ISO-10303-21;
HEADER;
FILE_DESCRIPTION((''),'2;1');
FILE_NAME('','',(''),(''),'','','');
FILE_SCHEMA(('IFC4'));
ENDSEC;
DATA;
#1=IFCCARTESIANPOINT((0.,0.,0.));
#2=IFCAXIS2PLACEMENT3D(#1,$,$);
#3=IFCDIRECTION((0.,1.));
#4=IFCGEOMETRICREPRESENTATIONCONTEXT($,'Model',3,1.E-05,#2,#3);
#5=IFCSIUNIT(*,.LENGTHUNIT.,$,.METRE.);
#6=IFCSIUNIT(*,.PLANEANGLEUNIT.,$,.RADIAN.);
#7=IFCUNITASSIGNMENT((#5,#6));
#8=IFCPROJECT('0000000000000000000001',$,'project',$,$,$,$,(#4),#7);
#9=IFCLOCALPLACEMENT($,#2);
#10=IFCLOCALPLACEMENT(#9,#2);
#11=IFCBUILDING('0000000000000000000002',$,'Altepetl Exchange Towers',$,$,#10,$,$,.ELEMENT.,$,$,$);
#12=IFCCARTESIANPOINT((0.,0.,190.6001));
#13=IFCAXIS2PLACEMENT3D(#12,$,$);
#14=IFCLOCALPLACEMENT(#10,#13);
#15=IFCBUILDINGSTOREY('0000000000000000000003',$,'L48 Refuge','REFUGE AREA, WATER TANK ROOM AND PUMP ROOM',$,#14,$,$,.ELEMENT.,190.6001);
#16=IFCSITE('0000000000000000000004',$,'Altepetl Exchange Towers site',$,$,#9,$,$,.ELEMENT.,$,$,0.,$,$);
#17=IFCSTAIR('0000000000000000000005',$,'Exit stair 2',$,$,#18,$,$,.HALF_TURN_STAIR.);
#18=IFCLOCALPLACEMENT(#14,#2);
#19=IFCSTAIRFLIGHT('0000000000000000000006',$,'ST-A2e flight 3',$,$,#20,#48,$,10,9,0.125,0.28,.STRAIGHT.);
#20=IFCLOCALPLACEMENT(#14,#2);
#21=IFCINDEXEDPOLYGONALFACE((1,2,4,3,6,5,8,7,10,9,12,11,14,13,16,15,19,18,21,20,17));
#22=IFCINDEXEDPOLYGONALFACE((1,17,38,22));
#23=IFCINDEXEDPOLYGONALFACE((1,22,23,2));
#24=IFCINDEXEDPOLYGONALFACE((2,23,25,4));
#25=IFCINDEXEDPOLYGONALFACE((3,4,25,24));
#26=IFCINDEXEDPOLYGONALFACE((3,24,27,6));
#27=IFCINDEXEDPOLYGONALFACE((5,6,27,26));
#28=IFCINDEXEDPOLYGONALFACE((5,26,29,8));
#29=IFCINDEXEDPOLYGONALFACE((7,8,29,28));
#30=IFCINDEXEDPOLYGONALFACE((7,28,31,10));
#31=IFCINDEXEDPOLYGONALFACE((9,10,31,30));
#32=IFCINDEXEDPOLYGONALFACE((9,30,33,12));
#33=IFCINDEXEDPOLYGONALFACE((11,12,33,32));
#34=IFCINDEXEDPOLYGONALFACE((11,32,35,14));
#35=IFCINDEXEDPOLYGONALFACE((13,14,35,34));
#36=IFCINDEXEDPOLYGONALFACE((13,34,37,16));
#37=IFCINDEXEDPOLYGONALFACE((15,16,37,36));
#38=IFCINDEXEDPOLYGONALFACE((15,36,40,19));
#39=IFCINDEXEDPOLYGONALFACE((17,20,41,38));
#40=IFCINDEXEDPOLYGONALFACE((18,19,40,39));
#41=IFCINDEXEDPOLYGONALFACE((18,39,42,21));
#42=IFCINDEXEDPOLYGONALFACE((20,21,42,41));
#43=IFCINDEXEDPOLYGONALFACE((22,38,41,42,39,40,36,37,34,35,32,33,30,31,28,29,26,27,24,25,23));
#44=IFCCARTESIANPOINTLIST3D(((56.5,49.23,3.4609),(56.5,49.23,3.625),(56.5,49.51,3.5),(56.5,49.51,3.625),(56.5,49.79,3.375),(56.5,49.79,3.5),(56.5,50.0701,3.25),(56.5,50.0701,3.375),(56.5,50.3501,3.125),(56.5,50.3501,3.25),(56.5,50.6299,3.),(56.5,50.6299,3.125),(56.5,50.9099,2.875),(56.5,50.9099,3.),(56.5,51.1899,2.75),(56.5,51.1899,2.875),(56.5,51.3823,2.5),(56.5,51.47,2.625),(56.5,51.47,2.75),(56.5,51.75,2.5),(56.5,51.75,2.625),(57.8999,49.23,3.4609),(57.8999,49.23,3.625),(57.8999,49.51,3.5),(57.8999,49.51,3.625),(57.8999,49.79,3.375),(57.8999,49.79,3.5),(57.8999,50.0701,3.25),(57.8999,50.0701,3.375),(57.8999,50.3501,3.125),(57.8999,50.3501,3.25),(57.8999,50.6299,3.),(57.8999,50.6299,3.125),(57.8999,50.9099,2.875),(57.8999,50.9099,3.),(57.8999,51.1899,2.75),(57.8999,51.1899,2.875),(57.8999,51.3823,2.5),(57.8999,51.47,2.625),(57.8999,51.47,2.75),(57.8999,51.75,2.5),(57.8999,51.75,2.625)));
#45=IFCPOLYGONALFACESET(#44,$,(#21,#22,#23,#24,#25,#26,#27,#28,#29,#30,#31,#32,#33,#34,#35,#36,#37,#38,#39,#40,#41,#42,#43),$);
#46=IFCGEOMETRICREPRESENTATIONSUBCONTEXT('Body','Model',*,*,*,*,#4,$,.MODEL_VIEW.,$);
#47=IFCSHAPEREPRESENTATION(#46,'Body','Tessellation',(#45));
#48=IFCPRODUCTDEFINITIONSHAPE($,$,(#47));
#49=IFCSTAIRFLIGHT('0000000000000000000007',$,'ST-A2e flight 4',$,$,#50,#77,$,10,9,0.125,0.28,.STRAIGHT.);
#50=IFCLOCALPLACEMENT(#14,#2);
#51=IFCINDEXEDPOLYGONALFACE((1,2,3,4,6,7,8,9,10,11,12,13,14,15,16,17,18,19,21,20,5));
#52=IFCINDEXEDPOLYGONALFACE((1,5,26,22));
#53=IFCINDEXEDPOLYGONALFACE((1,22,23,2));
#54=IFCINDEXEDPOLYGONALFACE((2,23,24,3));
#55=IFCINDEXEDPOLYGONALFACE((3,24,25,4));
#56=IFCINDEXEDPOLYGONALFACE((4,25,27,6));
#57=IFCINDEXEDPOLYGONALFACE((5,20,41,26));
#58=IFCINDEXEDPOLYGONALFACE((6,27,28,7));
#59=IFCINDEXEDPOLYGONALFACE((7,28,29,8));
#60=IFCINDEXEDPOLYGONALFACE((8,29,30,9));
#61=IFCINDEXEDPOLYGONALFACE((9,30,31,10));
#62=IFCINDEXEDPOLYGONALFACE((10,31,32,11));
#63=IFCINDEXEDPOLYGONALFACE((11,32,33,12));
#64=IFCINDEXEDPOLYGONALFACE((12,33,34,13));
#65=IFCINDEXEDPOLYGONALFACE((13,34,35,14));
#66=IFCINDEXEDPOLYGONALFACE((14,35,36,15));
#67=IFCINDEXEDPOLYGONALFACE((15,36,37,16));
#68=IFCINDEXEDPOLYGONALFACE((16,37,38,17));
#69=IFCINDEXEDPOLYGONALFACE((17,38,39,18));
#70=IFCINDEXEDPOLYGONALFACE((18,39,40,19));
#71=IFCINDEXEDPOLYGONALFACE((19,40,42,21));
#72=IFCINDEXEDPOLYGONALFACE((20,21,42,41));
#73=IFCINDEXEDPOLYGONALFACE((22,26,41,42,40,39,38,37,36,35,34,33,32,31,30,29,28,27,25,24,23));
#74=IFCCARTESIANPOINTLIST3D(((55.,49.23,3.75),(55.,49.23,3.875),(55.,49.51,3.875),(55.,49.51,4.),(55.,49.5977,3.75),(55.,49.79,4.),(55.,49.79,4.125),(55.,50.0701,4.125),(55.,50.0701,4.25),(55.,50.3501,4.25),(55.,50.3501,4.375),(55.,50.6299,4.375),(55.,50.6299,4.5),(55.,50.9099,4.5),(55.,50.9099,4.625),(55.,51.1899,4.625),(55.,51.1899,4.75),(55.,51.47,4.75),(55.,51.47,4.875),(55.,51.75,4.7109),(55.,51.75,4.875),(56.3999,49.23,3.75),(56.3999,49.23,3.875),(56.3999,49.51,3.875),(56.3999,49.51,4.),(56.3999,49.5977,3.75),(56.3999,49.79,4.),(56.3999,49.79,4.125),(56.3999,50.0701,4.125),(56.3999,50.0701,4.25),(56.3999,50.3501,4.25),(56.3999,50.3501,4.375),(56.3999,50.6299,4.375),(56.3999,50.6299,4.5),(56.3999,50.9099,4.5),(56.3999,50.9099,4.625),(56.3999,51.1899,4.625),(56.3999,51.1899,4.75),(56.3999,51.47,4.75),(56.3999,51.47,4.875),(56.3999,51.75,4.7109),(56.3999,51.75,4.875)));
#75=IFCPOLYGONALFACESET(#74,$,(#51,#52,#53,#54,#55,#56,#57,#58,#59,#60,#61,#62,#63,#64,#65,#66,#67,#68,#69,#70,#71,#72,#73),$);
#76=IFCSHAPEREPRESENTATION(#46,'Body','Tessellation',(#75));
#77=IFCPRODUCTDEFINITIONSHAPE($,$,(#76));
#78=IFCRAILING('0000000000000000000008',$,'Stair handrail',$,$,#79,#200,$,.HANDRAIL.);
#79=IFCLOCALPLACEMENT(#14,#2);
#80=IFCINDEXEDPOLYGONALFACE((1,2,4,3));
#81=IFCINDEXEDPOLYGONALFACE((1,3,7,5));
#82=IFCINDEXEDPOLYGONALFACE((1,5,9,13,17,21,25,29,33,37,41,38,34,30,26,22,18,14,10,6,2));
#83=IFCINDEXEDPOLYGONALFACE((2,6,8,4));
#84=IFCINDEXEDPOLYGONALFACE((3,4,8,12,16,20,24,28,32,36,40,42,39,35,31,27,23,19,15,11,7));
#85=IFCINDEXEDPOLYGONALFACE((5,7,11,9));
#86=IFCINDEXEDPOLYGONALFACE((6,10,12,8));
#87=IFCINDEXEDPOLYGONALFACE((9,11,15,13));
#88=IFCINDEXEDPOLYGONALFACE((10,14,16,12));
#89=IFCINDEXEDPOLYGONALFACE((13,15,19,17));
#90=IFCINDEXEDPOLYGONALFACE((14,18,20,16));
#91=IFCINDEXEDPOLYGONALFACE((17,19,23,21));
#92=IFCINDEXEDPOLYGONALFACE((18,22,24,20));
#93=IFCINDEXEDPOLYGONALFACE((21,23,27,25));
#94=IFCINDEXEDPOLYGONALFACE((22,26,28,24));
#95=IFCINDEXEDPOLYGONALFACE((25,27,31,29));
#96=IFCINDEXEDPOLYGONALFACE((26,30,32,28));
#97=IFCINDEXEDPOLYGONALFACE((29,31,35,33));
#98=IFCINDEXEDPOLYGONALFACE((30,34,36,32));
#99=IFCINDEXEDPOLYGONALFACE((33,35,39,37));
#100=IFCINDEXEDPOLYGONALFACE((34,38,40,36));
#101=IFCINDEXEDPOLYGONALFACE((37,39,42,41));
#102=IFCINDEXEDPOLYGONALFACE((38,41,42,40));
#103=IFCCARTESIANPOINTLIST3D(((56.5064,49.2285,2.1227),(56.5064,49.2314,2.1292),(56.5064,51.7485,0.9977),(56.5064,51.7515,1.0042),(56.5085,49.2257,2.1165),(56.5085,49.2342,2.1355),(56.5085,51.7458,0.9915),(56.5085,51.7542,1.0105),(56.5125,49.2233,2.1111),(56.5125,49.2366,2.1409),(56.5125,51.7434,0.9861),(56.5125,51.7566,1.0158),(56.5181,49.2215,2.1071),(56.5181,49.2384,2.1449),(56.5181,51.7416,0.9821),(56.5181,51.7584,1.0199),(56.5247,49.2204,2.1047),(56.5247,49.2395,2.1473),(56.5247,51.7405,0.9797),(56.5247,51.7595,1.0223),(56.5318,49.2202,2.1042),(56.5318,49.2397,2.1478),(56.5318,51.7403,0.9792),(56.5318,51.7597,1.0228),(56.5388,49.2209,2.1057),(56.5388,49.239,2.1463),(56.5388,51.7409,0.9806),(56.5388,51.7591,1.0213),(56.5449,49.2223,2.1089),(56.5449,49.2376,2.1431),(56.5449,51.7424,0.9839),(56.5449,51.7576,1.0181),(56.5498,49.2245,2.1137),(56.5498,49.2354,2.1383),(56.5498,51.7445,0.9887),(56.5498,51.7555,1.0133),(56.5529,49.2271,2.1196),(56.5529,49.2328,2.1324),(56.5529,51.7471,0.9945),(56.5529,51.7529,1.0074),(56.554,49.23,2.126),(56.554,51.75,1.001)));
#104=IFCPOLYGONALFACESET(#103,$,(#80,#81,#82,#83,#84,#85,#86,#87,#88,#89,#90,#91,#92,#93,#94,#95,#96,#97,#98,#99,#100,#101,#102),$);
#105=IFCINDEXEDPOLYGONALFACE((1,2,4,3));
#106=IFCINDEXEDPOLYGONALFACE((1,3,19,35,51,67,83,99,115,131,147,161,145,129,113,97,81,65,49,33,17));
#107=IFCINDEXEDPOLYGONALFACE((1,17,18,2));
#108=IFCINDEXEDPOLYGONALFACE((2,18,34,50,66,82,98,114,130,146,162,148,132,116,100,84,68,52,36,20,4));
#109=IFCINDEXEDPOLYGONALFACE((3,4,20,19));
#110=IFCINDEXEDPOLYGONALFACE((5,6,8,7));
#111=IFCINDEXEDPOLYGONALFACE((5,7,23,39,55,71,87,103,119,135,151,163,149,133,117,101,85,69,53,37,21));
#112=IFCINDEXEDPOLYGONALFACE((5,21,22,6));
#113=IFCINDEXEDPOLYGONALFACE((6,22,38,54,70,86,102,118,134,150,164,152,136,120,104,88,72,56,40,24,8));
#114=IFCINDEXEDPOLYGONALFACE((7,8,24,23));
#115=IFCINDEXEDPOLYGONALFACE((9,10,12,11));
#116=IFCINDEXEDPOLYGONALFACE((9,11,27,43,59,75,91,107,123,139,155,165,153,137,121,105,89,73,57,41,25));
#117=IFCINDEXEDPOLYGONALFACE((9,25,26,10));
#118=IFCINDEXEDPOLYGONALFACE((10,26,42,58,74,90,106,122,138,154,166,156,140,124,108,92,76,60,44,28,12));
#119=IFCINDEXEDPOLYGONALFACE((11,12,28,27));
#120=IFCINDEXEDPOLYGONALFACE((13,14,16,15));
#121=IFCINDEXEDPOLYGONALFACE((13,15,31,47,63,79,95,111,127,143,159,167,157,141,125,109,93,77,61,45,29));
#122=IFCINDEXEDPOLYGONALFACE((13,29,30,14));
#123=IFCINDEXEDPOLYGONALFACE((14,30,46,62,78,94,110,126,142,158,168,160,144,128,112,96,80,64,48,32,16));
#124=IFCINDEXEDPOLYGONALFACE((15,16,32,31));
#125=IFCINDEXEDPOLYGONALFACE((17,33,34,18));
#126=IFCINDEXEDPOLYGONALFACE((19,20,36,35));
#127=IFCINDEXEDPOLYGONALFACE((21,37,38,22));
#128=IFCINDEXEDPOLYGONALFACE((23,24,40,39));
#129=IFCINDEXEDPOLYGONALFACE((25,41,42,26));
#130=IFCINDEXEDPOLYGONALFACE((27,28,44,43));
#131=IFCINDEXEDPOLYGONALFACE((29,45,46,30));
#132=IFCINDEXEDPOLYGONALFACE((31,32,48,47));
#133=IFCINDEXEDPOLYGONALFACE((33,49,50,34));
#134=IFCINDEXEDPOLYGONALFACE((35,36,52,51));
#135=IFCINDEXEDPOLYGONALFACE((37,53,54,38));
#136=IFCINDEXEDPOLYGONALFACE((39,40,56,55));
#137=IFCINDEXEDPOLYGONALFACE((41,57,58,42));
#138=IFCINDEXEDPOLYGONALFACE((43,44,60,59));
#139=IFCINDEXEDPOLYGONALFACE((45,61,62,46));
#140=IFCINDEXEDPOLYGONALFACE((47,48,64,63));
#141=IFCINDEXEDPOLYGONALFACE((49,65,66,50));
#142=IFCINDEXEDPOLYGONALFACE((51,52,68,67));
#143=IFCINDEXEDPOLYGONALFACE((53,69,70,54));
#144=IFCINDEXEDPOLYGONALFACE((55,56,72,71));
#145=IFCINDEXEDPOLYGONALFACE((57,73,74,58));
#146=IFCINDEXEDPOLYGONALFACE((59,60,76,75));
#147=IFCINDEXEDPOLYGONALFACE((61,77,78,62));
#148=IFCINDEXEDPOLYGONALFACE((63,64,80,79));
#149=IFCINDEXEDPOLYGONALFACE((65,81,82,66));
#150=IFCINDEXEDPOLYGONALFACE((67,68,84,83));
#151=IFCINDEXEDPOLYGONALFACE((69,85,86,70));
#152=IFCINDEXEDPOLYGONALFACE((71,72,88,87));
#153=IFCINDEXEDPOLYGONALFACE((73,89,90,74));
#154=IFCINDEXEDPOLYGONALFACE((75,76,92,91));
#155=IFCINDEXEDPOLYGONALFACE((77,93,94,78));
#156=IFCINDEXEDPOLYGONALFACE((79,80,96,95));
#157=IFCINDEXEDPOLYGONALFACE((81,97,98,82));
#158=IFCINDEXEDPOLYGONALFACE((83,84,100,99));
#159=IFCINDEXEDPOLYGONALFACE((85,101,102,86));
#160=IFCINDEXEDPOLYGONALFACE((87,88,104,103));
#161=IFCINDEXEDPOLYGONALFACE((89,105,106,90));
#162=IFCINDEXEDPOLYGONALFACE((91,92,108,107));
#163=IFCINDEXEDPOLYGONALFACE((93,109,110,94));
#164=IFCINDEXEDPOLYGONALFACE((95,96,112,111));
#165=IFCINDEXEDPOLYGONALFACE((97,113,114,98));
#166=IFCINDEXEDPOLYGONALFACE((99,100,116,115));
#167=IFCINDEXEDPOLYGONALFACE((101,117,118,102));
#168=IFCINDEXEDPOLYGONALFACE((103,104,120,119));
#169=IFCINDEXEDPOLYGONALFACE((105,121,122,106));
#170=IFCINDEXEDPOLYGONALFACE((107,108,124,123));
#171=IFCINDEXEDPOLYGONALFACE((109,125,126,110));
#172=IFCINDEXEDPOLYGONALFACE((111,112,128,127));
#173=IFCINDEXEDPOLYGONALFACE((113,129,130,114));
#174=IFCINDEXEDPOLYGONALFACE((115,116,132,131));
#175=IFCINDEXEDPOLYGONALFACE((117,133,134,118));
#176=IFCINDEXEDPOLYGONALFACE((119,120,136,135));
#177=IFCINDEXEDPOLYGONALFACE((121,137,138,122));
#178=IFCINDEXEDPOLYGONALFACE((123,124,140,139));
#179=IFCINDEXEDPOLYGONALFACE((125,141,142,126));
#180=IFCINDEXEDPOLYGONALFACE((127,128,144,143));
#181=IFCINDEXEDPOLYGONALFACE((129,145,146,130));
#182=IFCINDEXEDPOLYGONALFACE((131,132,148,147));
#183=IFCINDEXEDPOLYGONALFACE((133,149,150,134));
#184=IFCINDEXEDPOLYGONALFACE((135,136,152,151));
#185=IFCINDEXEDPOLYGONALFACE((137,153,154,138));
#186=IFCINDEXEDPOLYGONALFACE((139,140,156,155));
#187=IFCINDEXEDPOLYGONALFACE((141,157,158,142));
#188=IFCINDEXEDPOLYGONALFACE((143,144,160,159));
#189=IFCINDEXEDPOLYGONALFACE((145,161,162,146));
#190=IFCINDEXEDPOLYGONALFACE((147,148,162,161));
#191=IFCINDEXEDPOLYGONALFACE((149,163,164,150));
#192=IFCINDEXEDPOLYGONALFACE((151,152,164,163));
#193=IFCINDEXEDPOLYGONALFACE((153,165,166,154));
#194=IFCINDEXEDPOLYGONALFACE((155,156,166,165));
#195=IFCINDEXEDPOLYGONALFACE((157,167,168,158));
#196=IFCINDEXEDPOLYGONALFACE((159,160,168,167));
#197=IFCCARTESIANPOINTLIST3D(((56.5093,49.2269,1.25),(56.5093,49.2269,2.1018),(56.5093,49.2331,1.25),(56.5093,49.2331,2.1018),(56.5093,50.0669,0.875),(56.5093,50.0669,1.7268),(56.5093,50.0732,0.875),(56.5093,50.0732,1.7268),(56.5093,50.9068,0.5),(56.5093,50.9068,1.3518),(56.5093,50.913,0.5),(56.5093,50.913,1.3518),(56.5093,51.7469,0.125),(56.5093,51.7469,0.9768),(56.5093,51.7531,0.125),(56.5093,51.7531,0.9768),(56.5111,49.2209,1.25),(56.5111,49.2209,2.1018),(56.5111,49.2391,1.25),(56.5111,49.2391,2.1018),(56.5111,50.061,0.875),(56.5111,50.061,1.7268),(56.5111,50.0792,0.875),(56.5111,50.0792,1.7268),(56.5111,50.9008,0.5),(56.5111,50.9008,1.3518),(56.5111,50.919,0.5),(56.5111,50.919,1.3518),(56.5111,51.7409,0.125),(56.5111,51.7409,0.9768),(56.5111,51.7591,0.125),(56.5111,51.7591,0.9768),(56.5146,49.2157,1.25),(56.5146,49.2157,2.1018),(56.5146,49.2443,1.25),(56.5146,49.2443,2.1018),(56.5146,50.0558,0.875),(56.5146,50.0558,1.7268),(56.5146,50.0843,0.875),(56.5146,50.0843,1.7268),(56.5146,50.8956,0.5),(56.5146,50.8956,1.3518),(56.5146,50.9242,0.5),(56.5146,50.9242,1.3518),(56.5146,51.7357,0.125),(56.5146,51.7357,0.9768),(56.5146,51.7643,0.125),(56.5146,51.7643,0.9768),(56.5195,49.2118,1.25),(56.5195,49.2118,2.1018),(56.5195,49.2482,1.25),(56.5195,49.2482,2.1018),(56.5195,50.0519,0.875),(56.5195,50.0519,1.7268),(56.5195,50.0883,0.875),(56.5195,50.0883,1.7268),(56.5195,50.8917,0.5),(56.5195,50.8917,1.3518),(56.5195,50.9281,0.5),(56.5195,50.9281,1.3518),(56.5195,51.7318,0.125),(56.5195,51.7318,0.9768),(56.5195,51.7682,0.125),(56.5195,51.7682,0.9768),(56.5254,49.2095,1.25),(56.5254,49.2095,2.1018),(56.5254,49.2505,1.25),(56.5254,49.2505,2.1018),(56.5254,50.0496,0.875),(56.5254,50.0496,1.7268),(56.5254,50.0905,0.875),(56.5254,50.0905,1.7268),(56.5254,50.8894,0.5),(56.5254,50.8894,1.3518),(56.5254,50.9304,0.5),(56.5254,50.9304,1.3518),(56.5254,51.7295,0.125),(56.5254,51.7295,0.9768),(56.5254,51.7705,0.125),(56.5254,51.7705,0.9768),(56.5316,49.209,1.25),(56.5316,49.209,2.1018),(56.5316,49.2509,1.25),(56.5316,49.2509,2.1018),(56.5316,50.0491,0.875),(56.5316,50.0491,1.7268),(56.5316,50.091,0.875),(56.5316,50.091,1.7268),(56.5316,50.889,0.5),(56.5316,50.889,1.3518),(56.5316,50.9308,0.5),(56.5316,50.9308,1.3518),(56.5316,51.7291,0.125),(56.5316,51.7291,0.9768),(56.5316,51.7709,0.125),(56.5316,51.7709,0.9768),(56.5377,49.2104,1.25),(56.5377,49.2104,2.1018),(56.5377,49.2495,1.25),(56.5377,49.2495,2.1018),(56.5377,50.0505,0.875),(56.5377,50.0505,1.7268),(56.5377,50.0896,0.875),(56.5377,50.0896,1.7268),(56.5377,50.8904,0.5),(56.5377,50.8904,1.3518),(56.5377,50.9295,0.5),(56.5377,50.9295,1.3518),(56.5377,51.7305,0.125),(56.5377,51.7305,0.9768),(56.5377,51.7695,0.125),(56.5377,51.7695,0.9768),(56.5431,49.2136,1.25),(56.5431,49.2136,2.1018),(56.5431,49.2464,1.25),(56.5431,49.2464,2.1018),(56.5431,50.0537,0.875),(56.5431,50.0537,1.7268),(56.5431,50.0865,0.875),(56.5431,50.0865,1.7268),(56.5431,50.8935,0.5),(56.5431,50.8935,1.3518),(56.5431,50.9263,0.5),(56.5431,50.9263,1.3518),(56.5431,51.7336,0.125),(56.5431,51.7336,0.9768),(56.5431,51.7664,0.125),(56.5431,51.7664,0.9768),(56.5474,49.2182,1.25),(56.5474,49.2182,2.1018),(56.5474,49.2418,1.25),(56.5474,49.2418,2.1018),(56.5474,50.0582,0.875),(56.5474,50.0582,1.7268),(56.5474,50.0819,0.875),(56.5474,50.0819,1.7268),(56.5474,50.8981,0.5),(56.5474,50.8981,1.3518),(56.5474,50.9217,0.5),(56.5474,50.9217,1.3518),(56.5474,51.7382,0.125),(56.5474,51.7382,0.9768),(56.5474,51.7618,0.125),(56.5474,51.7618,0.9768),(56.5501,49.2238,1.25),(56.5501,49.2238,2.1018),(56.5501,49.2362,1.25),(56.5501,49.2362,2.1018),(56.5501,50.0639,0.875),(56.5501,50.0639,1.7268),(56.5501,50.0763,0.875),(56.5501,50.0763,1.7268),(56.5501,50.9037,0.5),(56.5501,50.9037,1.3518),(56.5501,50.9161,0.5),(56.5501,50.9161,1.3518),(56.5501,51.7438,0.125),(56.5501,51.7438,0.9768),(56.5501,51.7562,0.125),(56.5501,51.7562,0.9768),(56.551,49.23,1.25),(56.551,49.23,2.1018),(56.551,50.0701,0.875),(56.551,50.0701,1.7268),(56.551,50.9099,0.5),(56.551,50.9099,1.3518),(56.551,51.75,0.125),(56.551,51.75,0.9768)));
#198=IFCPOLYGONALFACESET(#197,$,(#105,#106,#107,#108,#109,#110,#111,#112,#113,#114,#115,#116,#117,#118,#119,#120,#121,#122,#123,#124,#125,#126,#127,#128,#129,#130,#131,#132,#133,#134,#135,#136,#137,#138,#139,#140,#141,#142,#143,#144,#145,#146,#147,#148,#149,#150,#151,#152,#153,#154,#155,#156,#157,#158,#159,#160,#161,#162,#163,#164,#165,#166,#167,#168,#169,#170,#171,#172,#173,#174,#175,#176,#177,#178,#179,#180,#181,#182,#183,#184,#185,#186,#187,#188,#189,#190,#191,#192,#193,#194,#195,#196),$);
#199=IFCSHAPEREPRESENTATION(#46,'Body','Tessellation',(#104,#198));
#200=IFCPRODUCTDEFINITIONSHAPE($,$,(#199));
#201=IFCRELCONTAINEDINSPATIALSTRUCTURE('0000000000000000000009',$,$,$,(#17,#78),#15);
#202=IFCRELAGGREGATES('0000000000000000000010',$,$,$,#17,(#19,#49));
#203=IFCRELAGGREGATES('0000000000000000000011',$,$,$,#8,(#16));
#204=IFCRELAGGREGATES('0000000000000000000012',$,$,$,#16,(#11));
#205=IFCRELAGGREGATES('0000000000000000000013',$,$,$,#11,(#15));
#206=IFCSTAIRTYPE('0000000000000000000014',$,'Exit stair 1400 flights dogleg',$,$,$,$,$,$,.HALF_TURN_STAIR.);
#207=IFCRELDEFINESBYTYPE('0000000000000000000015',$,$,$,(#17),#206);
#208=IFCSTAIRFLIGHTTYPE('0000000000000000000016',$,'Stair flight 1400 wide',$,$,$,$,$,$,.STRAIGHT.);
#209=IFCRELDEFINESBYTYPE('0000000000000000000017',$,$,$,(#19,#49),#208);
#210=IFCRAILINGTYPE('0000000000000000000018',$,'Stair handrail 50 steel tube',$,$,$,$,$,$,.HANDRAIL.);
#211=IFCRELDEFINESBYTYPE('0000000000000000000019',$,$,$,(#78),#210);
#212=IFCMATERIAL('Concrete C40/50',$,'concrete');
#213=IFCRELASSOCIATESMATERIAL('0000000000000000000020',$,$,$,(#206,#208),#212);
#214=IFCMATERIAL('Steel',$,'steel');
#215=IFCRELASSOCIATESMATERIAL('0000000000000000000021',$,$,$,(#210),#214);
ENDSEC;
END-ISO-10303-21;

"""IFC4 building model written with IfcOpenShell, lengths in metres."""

from ifc_helpers import new_model, si_unit, direction, frame, origin, origin_2d, place, context, subcontext, project, spatial, polyline, circle, outline, extrude, source, transform, mapped, material, type_object, element, aggregate, save


model = new_model("IFC4")

# Units and contexts
model_context = context("Model", 3, precision=1e-05, world=origin(), true_north=direction((0.0, 1.0)))
body_context = subcontext(model_context, "Body", "Model", "MODEL_VIEW")
ifc_project = project(units=[si_unit("LENGTHUNIT", "METRE"), si_unit("PLANEANGLEUNIT", "RADIAN")], contexts=[model_context])

# Site, building, storey
site_placement = place(None, origin())
site = spatial("IfcSite", under=ifc_project, at=site_placement, Name="Altepetl Exchange Towers site", CompositionType="ELEMENT", RefElevation=0.0)
building_placement = place(site_placement, origin())
building = spatial("IfcBuilding", under=site, at=building_placement, Name="Altepetl Exchange Towers", CompositionType="ELEMENT")
storey_placement = place(building_placement, frame((0.0, 0.0, 190.6001)))
storey = spatial("IfcBuildingStorey", under=building, at=storey_placement, Name="L48 Refuge", Description="REFUGE AREA, WATER TANK ROOM AND PUMP ROOM", CompositionType="ELEMENT", Elevation=190.6001)

# Stair, stair flights
ifc_material_1 = material(Name="Concrete C40/50", Category="concrete")
stair_type = type_object("IfcStairType", Name="Exit stair 1400 flights dogleg", PredefinedType="HALF_TURN_STAIR", material=ifc_material_1)
stair_placement = place(storey_placement, origin())
stair = element("IfcStair", 1, at=stair_placement, inside=storey, type_object=stair_type, Name="Exit stair 2", PredefinedType="HALF_TURN_STAIR")
stair_flight_type = type_object("IfcStairFlightType", Name="Stair flight 1400 wide", PredefinedType="STRAIGHT", material=ifc_material_1)
stair_flight_1_placement = place(storey_placement, frame((57.2, 51.75, 2.5), z_axis=(0.0, 0.0, 1.0), x_axis=(0.0, -1.0, 0.0)))
stair_flight_1 = element("IfcStairFlight", 2, at=stair_flight_1_placement, type_object=stair_flight_type, Name="ST-A2e flight 3", NumberOfRisers=10, NumberOfTreads=9, PredefinedType="STRAIGHT", RiserHeight=0.125, TreadLength=0.28, context=body_context, shape_type="SweptSolid", body=[
    extrude(outline(polyline([(0.0, 0.0), (0.0, 0.125), (0.28, 0.125), (0.28, 0.25), (0.5601, 0.25), (0.5601, 0.375), (0.8401, 0.375), (0.8401, 0.5), (1.1201, 0.5), (1.1201, 0.625), (1.3999, 0.625), (1.3999, 0.75), (1.6799, 0.75), (1.6799, 0.875), (1.96, 0.875), (1.96, 1.0), (2.24, 1.0), (2.24, 1.125), (2.52, 1.125), (2.52, 1.25), (2.52, 0.9609), (0.3677, 0.0), (0.0, 0.0)])), frame((0.0, 0.7, 0.0), z_axis=(0.0, -1.0, 0.0), x_axis=(1.0, 0.0, 0.0)), (0.0, 0.0, 1.0), 1.3999),
])
stair_flight_2_placement = place(storey_placement, frame((55.7, 49.23, 3.75), z_axis=(0.0, 0.0, 1.0), x_axis=(0.0, 1.0, 0.0)))
stair_flight_2 = element("IfcStairFlight", 3, at=stair_flight_2_placement, type_object=stair_flight_type, Name="ST-A2e flight 4", NumberOfRisers=10, NumberOfTreads=9, PredefinedType="STRAIGHT", RiserHeight=0.125, TreadLength=0.28, context=body_context, shape_type="SweptSolid", body=[
    extrude(outline(polyline([(0.0, 0.0), (0.0, 0.125), (0.28, 0.125), (0.28, 0.25), (0.5601, 0.25), (0.5601, 0.375), (0.8401, 0.375), (0.8401, 0.5), (1.1201, 0.5), (1.1201, 0.625), (1.3999, 0.625), (1.3999, 0.75), (1.6799, 0.75), (1.6799, 0.875), (1.96, 0.875), (1.96, 1.0), (2.24, 1.0), (2.24, 1.125), (2.52, 1.125), (2.52, 1.25), (2.52, 0.9609), (0.3677, 0.0), (0.0, 0.0)])), frame((0.0, 0.7, 0.0), z_axis=(0.0, -1.0, 0.0), x_axis=(1.0, 0.0, 0.0)), (0.0, 0.0, 1.0), 1.3999),
])
aggregate(stair, [stair_flight_1, stair_flight_2])

# Railing
ifc_material_2 = material(Name="Steel", Category="steel")
railing_type_1 = type_object("IfcRailingType", Name="Stair handrail 50 steel tube", PredefinedType="HANDRAIL", material=ifc_material_2)
shared_shape_1 = source(origin(), body_context, "Body", "SweptSolid", [
    extrude(circle(Radius=0.021, at=origin_2d()), origin(), (0.0, 0.0, 1.0), 0.8518),
])
railing_1_placement = place(storey_placement, frame((56.53, 51.75, 0.125)))
element("IfcRailing", 4, at=railing_1_placement, inside=storey, type_object=railing_type_1, Name="Stair handrail", PredefinedType="HANDRAIL", context=body_context, shape_type="SweptSolid", body=[
    extrude(circle(Radius=0.0239, at=origin_2d()), frame((0.0, 0.0, 0.876), z_axis=(0.0, -0.913139, 0.407648), x_axis=(1.0, 0.0, 0.0)), (0.0, 0.0, 1.0), 2.7598),
    mapped(shared_shape_1, transform((0.0, 0.0, 0.0))),
    mapped(shared_shape_1, transform((0.0, -0.8401, 0.375))),
    mapped(shared_shape_1, transform((0.0, -1.6799, 0.75))),
    mapped(shared_shape_1, transform((0.0, -2.52, 1.125))),
])

save(model, "model.ifc")
